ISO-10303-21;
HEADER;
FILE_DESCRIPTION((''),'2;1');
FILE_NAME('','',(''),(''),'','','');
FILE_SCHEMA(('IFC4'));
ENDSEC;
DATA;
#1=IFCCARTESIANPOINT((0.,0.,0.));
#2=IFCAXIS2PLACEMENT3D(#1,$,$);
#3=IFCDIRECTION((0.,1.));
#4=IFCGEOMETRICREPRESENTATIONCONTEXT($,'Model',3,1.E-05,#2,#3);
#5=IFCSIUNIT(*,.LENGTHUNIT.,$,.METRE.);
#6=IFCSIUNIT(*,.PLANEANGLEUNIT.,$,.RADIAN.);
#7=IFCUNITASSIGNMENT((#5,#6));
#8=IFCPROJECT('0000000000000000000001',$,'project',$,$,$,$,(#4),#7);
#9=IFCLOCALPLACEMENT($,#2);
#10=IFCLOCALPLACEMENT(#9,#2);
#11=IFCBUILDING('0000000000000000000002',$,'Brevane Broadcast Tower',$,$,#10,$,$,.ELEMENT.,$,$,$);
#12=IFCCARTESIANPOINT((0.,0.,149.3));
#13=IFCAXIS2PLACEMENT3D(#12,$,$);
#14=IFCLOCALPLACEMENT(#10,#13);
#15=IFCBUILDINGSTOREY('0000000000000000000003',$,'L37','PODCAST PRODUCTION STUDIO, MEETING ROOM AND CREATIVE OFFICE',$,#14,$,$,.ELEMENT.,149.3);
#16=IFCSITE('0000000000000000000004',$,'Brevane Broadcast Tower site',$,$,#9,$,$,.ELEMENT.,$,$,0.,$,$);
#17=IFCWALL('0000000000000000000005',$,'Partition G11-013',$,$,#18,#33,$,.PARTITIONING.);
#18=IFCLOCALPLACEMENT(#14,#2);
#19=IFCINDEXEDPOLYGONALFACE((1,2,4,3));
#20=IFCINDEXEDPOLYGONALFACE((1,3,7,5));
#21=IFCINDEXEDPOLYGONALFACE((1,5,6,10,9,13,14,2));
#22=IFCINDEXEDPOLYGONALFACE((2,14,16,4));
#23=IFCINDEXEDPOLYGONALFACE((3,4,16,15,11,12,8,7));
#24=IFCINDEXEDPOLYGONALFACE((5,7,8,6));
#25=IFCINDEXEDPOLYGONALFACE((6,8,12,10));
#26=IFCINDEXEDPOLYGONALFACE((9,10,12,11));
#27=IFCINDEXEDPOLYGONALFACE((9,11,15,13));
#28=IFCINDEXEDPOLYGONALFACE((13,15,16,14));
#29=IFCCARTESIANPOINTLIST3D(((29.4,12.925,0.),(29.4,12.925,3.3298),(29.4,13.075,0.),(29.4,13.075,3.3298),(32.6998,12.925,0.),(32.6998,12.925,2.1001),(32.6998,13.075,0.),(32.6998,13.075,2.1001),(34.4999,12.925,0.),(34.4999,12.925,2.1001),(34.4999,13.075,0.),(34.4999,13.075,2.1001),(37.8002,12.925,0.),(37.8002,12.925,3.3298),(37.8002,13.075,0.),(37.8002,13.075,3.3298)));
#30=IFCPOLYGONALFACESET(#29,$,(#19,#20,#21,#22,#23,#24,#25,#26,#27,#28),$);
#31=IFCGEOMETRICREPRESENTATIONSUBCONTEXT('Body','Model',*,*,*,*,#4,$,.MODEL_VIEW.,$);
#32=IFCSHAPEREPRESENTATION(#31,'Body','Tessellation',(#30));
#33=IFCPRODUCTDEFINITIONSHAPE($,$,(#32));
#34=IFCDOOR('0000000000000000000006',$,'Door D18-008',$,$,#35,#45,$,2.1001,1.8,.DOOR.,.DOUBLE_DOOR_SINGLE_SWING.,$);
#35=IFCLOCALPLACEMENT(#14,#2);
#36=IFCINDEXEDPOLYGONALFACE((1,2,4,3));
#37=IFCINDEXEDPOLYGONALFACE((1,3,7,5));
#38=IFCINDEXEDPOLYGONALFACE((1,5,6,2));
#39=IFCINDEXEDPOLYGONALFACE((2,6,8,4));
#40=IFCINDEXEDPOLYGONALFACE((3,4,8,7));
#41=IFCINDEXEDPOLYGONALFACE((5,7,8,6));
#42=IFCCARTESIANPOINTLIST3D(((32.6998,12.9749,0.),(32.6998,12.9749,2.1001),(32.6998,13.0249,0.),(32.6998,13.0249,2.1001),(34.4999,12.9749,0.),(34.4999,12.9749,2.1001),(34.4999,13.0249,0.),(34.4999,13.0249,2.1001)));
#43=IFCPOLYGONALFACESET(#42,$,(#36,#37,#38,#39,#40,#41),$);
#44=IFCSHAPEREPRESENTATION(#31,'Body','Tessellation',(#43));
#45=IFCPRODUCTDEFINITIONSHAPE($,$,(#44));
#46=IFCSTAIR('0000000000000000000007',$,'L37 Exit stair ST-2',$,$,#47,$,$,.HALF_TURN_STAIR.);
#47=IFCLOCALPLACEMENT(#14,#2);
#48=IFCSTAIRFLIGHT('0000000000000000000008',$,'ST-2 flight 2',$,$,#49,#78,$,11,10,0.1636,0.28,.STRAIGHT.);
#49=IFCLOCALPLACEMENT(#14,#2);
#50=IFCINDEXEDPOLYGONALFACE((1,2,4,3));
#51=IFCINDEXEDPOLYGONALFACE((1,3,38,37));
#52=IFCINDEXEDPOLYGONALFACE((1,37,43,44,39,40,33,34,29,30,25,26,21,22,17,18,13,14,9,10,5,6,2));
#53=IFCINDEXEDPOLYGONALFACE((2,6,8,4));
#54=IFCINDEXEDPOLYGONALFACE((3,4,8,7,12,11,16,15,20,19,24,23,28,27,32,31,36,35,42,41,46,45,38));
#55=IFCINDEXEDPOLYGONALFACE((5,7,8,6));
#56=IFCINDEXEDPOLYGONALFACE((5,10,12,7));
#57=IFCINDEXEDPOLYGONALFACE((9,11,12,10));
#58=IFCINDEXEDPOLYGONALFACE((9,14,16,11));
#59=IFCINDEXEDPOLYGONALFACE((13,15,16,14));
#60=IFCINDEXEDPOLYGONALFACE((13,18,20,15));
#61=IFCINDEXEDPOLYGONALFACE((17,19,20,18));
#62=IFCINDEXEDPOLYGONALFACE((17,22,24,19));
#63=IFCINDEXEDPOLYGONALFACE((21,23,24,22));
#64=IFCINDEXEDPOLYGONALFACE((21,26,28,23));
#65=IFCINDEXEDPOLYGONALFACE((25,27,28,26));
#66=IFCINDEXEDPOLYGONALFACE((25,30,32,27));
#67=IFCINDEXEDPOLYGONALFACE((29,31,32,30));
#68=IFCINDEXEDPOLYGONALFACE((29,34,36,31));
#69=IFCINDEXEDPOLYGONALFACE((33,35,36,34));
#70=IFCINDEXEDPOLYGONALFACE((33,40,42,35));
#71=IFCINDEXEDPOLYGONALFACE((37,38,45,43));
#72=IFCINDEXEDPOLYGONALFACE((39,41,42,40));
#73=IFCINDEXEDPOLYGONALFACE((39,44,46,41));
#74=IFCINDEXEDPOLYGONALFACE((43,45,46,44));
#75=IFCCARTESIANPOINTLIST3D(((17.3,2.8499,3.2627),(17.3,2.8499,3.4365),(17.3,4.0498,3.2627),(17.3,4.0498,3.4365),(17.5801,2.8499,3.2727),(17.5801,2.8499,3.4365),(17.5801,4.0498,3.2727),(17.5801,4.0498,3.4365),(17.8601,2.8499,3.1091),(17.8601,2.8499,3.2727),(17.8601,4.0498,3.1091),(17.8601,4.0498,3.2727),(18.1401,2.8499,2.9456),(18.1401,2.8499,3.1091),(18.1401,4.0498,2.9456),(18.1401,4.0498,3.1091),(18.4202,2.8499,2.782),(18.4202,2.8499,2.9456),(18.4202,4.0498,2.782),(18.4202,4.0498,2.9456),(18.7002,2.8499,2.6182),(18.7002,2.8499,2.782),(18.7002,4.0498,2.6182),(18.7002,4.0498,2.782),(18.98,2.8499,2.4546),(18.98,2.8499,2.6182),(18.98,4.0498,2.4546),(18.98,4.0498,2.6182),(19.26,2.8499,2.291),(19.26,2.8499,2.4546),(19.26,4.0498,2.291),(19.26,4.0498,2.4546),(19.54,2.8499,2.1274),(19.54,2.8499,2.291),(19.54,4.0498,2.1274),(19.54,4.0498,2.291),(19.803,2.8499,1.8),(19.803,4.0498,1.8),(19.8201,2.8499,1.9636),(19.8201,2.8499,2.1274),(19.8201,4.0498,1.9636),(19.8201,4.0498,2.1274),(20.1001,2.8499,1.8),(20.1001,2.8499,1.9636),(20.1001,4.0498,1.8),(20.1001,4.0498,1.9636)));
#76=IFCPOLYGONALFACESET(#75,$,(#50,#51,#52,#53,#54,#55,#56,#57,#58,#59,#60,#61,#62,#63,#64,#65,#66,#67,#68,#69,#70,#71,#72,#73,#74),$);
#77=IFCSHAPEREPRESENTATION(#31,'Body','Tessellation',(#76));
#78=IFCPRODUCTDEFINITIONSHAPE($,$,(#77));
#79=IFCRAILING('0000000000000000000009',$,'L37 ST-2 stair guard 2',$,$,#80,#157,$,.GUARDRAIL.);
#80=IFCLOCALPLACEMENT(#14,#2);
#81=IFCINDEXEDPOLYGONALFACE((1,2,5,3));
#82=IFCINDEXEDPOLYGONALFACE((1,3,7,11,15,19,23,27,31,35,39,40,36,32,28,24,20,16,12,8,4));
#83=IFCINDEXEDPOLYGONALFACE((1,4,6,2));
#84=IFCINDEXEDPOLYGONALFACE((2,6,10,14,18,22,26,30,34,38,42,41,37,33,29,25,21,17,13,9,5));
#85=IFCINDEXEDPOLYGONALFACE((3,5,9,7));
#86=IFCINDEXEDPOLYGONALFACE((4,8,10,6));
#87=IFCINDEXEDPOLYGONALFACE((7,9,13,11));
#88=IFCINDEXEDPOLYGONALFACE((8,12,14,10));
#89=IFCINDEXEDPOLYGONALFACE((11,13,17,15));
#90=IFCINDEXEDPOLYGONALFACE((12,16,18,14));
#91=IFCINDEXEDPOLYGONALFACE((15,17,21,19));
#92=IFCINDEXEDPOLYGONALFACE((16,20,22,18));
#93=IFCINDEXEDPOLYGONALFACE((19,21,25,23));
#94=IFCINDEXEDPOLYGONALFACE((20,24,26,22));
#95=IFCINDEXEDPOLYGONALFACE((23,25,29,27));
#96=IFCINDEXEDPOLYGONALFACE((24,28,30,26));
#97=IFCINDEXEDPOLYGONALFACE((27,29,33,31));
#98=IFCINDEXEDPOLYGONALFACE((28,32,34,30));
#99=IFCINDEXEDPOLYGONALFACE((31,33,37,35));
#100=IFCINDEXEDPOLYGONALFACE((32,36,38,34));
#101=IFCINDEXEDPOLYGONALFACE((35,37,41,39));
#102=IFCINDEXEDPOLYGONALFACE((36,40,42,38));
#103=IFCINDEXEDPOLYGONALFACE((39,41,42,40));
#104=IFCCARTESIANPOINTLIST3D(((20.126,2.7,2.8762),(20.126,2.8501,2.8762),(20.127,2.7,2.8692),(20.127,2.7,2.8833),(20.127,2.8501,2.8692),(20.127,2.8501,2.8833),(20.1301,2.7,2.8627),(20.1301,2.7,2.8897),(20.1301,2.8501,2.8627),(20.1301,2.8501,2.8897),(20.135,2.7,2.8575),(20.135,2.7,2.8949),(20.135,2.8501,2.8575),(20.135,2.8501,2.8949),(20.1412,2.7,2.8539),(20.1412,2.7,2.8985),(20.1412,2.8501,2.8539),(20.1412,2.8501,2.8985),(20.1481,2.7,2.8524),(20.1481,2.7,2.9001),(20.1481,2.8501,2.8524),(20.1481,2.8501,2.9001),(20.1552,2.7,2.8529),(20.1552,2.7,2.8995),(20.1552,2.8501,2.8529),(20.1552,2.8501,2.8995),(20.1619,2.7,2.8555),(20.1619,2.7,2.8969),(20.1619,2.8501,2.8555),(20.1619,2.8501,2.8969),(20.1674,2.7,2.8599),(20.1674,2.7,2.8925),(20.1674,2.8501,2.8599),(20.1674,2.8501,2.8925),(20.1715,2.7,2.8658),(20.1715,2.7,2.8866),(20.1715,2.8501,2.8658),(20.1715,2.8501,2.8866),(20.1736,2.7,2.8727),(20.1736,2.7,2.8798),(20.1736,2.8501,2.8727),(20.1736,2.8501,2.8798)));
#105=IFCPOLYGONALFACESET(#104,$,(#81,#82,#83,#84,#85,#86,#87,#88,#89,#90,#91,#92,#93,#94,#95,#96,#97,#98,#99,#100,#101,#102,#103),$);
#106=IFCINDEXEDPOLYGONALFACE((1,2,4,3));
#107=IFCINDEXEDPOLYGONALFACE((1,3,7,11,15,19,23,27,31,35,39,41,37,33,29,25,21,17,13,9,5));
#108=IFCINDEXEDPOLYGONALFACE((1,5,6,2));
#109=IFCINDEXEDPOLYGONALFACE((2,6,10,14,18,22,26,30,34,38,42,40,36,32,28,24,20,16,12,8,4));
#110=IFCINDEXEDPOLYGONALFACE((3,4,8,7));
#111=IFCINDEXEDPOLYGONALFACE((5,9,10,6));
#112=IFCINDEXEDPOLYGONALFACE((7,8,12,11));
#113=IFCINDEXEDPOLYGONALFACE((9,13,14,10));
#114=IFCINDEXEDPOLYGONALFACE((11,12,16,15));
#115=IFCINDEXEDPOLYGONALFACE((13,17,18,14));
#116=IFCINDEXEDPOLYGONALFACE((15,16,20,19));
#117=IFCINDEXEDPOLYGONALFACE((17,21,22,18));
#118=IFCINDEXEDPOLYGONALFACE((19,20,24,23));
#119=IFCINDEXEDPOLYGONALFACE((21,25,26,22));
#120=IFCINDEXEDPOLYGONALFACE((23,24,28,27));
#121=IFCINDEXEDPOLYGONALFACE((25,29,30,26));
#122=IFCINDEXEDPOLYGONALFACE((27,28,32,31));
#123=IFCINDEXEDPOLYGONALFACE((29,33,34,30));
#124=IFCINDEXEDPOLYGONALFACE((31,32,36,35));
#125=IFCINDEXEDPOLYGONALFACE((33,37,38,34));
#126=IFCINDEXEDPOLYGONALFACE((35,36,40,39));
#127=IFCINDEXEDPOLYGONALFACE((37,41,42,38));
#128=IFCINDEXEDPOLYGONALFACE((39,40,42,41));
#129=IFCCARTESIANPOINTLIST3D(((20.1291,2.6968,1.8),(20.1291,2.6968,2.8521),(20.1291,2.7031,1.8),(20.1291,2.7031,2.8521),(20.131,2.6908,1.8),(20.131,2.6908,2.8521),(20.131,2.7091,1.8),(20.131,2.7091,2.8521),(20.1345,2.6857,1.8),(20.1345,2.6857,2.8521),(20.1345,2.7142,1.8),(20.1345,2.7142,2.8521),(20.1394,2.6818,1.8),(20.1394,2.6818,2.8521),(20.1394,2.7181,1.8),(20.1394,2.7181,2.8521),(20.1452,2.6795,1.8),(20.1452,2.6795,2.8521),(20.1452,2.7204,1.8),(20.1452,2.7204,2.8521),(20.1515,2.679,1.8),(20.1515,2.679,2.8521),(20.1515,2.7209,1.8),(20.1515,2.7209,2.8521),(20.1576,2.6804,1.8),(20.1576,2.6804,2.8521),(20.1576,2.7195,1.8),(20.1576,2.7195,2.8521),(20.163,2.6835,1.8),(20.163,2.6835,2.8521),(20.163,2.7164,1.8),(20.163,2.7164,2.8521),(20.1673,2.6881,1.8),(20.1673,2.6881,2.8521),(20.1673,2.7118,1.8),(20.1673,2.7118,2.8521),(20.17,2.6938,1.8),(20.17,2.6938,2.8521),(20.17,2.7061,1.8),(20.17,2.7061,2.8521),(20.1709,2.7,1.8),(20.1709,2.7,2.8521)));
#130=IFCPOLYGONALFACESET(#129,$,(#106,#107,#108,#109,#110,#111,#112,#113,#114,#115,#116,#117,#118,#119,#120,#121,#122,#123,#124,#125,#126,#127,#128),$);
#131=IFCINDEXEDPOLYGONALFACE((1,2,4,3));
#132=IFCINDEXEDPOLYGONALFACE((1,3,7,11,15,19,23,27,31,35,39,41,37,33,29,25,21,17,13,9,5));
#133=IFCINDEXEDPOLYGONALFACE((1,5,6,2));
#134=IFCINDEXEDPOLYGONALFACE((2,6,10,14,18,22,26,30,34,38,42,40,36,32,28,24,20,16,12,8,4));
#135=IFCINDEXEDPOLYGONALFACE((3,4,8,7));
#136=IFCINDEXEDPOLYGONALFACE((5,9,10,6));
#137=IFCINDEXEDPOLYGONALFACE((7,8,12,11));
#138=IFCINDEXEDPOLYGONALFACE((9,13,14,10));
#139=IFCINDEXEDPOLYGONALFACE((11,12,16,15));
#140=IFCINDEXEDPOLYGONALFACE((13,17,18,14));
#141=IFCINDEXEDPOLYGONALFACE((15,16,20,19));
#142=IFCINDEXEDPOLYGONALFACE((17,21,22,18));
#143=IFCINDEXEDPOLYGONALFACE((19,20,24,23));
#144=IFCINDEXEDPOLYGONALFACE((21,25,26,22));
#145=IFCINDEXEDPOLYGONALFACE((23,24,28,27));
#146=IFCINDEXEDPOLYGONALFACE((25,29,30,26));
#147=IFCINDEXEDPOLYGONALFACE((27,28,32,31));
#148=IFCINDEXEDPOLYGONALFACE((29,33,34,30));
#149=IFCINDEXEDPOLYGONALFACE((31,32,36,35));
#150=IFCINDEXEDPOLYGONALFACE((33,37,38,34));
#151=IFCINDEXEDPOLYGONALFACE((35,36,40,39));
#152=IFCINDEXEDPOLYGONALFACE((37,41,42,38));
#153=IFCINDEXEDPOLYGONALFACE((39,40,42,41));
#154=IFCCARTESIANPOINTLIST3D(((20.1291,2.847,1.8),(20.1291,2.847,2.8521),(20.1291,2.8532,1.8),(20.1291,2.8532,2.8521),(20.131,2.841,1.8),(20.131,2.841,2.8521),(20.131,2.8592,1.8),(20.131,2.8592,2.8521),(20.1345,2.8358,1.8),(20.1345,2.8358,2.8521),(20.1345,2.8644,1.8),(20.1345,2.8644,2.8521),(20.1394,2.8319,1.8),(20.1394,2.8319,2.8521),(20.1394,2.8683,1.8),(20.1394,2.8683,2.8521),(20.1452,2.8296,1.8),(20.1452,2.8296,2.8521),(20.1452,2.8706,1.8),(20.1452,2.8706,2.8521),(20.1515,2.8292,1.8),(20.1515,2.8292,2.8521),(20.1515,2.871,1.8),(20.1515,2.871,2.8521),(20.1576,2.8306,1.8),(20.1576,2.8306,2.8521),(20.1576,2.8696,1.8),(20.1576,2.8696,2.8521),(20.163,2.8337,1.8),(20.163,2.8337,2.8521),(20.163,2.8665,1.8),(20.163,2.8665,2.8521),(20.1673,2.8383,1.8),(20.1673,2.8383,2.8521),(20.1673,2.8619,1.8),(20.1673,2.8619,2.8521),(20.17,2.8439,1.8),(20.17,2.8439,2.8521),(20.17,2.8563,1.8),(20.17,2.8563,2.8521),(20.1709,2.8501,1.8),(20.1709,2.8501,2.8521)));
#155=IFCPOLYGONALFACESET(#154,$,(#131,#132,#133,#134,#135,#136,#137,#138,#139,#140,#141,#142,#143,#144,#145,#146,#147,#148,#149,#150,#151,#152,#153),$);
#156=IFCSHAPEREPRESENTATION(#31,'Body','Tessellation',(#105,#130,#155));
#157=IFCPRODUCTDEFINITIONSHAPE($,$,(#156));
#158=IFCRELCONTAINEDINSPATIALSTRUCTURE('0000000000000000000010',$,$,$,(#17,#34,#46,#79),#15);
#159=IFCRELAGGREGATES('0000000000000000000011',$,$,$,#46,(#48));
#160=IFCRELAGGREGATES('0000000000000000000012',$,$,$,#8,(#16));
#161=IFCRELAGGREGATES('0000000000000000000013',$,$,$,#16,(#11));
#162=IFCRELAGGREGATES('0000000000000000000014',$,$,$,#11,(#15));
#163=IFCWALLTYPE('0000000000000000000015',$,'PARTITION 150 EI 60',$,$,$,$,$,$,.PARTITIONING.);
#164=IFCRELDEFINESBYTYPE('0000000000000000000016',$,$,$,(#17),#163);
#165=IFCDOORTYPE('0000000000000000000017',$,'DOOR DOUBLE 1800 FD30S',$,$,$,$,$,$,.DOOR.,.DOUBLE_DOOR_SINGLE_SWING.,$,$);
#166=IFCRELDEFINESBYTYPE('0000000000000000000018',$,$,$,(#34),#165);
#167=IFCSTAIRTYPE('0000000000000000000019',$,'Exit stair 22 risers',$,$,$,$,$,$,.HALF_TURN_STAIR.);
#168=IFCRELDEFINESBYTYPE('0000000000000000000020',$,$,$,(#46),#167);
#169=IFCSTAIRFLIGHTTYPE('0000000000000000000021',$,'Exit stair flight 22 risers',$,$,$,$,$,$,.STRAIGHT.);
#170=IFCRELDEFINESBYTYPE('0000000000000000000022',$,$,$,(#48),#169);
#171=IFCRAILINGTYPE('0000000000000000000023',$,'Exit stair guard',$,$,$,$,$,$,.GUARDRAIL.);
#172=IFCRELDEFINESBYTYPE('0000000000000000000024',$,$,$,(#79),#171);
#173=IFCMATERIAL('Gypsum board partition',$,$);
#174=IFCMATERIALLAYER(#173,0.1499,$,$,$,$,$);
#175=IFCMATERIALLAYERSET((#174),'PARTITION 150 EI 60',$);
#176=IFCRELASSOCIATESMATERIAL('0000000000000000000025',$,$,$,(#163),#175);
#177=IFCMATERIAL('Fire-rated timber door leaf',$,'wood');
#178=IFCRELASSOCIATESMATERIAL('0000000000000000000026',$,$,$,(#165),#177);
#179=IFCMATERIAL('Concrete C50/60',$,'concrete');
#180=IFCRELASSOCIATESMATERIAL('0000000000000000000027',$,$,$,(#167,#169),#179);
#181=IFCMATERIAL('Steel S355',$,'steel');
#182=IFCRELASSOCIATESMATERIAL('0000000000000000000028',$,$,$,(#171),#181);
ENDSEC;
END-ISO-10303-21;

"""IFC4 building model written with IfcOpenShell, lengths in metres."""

from ifc_helpers import new_model, si_unit, direction, frame, frame_2d, origin, origin_2d, place, context, subcontext, project, spatial, polyline, rectangle, circle, outline, extrude, material, layer, layer_set, type_object, element, fill, aggregate, save


model = new_model("IFC4")

# Units and contexts
model_context = context("Model", 3, precision=1e-05, world=origin(), true_north=direction((0.0, 1.0)))
body_context = subcontext(model_context, "Body", "Model", "MODEL_VIEW")
ifc_project = project(units=[si_unit("LENGTHUNIT", "METRE"), si_unit("PLANEANGLEUNIT", "RADIAN")], contexts=[model_context])

# Site, building, storey
site_placement = place(None, origin())
site = spatial("IfcSite", under=ifc_project, at=site_placement, Name="Brevane Broadcast Tower site", CompositionType="ELEMENT", RefElevation=0.0)
building_placement = place(site_placement, origin())
building = spatial("IfcBuilding", under=site, at=building_placement, Name="Brevane Broadcast Tower", CompositionType="ELEMENT")
storey_placement = place(building_placement, frame((0.0, 0.0, 149.3)))
storey = spatial("IfcBuildingStorey", under=building, at=storey_placement, Name="L37", Description="PODCAST PRODUCTION STUDIO, MEETING ROOM AND CREATIVE OFFICE", CompositionType="ELEMENT", Elevation=149.3)

# Shared definitions
ifc_material_1 = material(Name="Gypsum board partition")
ifc_layer_1 = layer(ifc_material_1, 0.1499)
ifc_layer_set_1 = layer_set([ifc_layer_1], Name="PARTITION 150 EI 60")
wall_type_1 = type_object("IfcWallType", Name="PARTITION 150 EI 60", PredefinedType="PARTITIONING", material=ifc_layer_set_1)

# Wall, opening, door
wall_1_placement = place(storey_placement, frame((29.3999, 13.0, 0.0), z_axis=(0.0, 0.0, 1.0), x_axis=(1.0, 0.0, 0.0)))
wall_1 = element("IfcWall", 1, at=wall_1_placement, inside=storey, type_object=wall_type_1, Name="Partition G11-013", PredefinedType="PARTITIONING", context=body_context, shape_type="SweptSolid", body=[
    extrude(rectangle(XDim=8.4001, YDim=0.1499, at=frame_2d((4.2002, 0.0))), origin(), (0.0, 0.0, 1.0), 3.3298),
])
opening_1_placement = place(wall_1_placement, frame((3.3, 0.0, 0.0)))
opening_1 = element("IfcOpeningElement", 2, at=opening_1_placement, cuts=wall_1, PredefinedType="OPENING", context=body_context, shape_type="SweptSolid", body=[
    extrude(rectangle(XDim=1.8, YDim=2.1001, at=frame_2d((0.8999, 1.05))), frame((0.0, 0.085, 0.0), z_axis=(0.0, -1.0, 0.0), x_axis=(1.0, 0.0, 0.0)), (0.0, 0.0, 1.0), 0.1699),
])
ifc_material_2 = material(Name="Fire-rated timber door leaf", Category="wood")
door_type_1 = type_object("IfcDoorType", Name="DOOR DOUBLE 1800 FD30S", OperationType="DOUBLE_DOOR_SINGLE_SWING", PredefinedType="DOOR", material=ifc_material_2)
door_1_placement = place(opening_1_placement, origin())
door_1 = element("IfcDoor", 3, at=door_1_placement, inside=storey, type_object=door_type_1, Name="Door D18-008", OperationType="DOUBLE_DOOR_SINGLE_SWING", OverallHeight=2.1001, OverallWidth=1.8, PredefinedType="DOOR", context=body_context, shape_type="SweptSolid", body=[
    extrude(rectangle(XDim=1.8, YDim=2.1001, at=frame_2d((0.8999, 1.05))), frame((0.0, 0.0249, 0.0), z_axis=(0.0, -1.0, 0.0), x_axis=(1.0, 0.0, 0.0)), (0.0, 0.0, 1.0), 0.05),
])
fill(opening_1, door_1)

# Stair, stair flight
ifc_material_3 = material(Name="Concrete C50/60", Category="concrete")
stair_type = type_object("IfcStairType", Name="Exit stair 22 risers", PredefinedType="HALF_TURN_STAIR", material=ifc_material_3)
stair_placement = place(storey_placement, origin())
stair = element("IfcStair", 4, at=stair_placement, inside=storey, type_object=stair_type, Name="L37 Exit stair ST-2", PredefinedType="HALF_TURN_STAIR")
stair_flight_type = type_object("IfcStairFlightType", Name="Exit stair flight 22 risers", PredefinedType="STRAIGHT", material=ifc_material_3)
stair_flight_placement = place(storey_placement, frame((20.1001, 3.45, 1.8), z_axis=(0.0, 0.0, 1.0), x_axis=(-1.0, 0.0, 0.0)))
stair_flight = element("IfcStairFlight", 5, at=stair_flight_placement, type_object=stair_flight_type, Name="ST-2 flight 2", NumberOfRisers=11, NumberOfTreads=10, PredefinedType="STRAIGHT", RiserHeight=0.1636, TreadLength=0.28, context=body_context, shape_type="SweptSolid", body=[
    extrude(outline(polyline([(0.0, 0.0), (0.0, 0.1636), (0.28, 0.1636), (0.28, 0.3274), (0.5601, 0.3274), (0.5601, 0.491), (0.8401, 0.491), (0.8401, 0.6545), (1.1201, 0.6545), (1.1201, 0.8181), (1.3999, 0.8181), (1.3999, 0.9819), (1.6799, 0.9819), (1.6799, 1.1455), (1.96, 1.1455), (1.96, 1.3091), (2.24, 1.3091), (2.24, 1.4727), (2.52, 1.4727), (2.52, 1.6365), (2.8, 1.6365), (2.8, 1.8), (2.8, 1.4626), (0.2971, 0.0), (0.0, 0.0)])), frame((0.0, 0.6001, 0.0), z_axis=(0.0, -1.0, 0.0), x_axis=(1.0, 0.0, 0.0)), (0.0, 0.0, 1.0), 1.2),
])
aggregate(stair, [stair_flight])

# Railing
ifc_material_4 = material(Name="Steel S355", Category="steel")
railing_type_1 = type_object("IfcRailingType", Name="Exit stair guard", PredefinedType="GUARDRAIL", material=ifc_material_4)
railing_1_placement = place(storey_placement, frame((20.1499, 2.7, 1.8)))
element("IfcRailing", 6, at=railing_1_placement, inside=storey, type_object=railing_type_1, Name="L37 ST-2 stair guard 2", PredefinedType="GUARDRAIL", context=body_context, shape_type="SweptSolid", body=[
    extrude(circle(Radius=0.0239, at=origin_2d()), frame((0.0, 0.0, 1.0762), z_axis=(0.0, 1.0, 0.0), x_axis=(-1.0, 0.0, 0.0)), (0.0, 0.0, 1.0), 0.1501),
    extrude(circle(Radius=0.021, at=origin_2d()), origin(), (0.0, 0.0, 1.0), 1.052),
    extrude(circle(Radius=0.021, at=origin_2d()), frame((0.0, 0.1501, 0.0)), (0.0, 0.0, 1.0), 1.052),
])

save(model, "model.ifc")
